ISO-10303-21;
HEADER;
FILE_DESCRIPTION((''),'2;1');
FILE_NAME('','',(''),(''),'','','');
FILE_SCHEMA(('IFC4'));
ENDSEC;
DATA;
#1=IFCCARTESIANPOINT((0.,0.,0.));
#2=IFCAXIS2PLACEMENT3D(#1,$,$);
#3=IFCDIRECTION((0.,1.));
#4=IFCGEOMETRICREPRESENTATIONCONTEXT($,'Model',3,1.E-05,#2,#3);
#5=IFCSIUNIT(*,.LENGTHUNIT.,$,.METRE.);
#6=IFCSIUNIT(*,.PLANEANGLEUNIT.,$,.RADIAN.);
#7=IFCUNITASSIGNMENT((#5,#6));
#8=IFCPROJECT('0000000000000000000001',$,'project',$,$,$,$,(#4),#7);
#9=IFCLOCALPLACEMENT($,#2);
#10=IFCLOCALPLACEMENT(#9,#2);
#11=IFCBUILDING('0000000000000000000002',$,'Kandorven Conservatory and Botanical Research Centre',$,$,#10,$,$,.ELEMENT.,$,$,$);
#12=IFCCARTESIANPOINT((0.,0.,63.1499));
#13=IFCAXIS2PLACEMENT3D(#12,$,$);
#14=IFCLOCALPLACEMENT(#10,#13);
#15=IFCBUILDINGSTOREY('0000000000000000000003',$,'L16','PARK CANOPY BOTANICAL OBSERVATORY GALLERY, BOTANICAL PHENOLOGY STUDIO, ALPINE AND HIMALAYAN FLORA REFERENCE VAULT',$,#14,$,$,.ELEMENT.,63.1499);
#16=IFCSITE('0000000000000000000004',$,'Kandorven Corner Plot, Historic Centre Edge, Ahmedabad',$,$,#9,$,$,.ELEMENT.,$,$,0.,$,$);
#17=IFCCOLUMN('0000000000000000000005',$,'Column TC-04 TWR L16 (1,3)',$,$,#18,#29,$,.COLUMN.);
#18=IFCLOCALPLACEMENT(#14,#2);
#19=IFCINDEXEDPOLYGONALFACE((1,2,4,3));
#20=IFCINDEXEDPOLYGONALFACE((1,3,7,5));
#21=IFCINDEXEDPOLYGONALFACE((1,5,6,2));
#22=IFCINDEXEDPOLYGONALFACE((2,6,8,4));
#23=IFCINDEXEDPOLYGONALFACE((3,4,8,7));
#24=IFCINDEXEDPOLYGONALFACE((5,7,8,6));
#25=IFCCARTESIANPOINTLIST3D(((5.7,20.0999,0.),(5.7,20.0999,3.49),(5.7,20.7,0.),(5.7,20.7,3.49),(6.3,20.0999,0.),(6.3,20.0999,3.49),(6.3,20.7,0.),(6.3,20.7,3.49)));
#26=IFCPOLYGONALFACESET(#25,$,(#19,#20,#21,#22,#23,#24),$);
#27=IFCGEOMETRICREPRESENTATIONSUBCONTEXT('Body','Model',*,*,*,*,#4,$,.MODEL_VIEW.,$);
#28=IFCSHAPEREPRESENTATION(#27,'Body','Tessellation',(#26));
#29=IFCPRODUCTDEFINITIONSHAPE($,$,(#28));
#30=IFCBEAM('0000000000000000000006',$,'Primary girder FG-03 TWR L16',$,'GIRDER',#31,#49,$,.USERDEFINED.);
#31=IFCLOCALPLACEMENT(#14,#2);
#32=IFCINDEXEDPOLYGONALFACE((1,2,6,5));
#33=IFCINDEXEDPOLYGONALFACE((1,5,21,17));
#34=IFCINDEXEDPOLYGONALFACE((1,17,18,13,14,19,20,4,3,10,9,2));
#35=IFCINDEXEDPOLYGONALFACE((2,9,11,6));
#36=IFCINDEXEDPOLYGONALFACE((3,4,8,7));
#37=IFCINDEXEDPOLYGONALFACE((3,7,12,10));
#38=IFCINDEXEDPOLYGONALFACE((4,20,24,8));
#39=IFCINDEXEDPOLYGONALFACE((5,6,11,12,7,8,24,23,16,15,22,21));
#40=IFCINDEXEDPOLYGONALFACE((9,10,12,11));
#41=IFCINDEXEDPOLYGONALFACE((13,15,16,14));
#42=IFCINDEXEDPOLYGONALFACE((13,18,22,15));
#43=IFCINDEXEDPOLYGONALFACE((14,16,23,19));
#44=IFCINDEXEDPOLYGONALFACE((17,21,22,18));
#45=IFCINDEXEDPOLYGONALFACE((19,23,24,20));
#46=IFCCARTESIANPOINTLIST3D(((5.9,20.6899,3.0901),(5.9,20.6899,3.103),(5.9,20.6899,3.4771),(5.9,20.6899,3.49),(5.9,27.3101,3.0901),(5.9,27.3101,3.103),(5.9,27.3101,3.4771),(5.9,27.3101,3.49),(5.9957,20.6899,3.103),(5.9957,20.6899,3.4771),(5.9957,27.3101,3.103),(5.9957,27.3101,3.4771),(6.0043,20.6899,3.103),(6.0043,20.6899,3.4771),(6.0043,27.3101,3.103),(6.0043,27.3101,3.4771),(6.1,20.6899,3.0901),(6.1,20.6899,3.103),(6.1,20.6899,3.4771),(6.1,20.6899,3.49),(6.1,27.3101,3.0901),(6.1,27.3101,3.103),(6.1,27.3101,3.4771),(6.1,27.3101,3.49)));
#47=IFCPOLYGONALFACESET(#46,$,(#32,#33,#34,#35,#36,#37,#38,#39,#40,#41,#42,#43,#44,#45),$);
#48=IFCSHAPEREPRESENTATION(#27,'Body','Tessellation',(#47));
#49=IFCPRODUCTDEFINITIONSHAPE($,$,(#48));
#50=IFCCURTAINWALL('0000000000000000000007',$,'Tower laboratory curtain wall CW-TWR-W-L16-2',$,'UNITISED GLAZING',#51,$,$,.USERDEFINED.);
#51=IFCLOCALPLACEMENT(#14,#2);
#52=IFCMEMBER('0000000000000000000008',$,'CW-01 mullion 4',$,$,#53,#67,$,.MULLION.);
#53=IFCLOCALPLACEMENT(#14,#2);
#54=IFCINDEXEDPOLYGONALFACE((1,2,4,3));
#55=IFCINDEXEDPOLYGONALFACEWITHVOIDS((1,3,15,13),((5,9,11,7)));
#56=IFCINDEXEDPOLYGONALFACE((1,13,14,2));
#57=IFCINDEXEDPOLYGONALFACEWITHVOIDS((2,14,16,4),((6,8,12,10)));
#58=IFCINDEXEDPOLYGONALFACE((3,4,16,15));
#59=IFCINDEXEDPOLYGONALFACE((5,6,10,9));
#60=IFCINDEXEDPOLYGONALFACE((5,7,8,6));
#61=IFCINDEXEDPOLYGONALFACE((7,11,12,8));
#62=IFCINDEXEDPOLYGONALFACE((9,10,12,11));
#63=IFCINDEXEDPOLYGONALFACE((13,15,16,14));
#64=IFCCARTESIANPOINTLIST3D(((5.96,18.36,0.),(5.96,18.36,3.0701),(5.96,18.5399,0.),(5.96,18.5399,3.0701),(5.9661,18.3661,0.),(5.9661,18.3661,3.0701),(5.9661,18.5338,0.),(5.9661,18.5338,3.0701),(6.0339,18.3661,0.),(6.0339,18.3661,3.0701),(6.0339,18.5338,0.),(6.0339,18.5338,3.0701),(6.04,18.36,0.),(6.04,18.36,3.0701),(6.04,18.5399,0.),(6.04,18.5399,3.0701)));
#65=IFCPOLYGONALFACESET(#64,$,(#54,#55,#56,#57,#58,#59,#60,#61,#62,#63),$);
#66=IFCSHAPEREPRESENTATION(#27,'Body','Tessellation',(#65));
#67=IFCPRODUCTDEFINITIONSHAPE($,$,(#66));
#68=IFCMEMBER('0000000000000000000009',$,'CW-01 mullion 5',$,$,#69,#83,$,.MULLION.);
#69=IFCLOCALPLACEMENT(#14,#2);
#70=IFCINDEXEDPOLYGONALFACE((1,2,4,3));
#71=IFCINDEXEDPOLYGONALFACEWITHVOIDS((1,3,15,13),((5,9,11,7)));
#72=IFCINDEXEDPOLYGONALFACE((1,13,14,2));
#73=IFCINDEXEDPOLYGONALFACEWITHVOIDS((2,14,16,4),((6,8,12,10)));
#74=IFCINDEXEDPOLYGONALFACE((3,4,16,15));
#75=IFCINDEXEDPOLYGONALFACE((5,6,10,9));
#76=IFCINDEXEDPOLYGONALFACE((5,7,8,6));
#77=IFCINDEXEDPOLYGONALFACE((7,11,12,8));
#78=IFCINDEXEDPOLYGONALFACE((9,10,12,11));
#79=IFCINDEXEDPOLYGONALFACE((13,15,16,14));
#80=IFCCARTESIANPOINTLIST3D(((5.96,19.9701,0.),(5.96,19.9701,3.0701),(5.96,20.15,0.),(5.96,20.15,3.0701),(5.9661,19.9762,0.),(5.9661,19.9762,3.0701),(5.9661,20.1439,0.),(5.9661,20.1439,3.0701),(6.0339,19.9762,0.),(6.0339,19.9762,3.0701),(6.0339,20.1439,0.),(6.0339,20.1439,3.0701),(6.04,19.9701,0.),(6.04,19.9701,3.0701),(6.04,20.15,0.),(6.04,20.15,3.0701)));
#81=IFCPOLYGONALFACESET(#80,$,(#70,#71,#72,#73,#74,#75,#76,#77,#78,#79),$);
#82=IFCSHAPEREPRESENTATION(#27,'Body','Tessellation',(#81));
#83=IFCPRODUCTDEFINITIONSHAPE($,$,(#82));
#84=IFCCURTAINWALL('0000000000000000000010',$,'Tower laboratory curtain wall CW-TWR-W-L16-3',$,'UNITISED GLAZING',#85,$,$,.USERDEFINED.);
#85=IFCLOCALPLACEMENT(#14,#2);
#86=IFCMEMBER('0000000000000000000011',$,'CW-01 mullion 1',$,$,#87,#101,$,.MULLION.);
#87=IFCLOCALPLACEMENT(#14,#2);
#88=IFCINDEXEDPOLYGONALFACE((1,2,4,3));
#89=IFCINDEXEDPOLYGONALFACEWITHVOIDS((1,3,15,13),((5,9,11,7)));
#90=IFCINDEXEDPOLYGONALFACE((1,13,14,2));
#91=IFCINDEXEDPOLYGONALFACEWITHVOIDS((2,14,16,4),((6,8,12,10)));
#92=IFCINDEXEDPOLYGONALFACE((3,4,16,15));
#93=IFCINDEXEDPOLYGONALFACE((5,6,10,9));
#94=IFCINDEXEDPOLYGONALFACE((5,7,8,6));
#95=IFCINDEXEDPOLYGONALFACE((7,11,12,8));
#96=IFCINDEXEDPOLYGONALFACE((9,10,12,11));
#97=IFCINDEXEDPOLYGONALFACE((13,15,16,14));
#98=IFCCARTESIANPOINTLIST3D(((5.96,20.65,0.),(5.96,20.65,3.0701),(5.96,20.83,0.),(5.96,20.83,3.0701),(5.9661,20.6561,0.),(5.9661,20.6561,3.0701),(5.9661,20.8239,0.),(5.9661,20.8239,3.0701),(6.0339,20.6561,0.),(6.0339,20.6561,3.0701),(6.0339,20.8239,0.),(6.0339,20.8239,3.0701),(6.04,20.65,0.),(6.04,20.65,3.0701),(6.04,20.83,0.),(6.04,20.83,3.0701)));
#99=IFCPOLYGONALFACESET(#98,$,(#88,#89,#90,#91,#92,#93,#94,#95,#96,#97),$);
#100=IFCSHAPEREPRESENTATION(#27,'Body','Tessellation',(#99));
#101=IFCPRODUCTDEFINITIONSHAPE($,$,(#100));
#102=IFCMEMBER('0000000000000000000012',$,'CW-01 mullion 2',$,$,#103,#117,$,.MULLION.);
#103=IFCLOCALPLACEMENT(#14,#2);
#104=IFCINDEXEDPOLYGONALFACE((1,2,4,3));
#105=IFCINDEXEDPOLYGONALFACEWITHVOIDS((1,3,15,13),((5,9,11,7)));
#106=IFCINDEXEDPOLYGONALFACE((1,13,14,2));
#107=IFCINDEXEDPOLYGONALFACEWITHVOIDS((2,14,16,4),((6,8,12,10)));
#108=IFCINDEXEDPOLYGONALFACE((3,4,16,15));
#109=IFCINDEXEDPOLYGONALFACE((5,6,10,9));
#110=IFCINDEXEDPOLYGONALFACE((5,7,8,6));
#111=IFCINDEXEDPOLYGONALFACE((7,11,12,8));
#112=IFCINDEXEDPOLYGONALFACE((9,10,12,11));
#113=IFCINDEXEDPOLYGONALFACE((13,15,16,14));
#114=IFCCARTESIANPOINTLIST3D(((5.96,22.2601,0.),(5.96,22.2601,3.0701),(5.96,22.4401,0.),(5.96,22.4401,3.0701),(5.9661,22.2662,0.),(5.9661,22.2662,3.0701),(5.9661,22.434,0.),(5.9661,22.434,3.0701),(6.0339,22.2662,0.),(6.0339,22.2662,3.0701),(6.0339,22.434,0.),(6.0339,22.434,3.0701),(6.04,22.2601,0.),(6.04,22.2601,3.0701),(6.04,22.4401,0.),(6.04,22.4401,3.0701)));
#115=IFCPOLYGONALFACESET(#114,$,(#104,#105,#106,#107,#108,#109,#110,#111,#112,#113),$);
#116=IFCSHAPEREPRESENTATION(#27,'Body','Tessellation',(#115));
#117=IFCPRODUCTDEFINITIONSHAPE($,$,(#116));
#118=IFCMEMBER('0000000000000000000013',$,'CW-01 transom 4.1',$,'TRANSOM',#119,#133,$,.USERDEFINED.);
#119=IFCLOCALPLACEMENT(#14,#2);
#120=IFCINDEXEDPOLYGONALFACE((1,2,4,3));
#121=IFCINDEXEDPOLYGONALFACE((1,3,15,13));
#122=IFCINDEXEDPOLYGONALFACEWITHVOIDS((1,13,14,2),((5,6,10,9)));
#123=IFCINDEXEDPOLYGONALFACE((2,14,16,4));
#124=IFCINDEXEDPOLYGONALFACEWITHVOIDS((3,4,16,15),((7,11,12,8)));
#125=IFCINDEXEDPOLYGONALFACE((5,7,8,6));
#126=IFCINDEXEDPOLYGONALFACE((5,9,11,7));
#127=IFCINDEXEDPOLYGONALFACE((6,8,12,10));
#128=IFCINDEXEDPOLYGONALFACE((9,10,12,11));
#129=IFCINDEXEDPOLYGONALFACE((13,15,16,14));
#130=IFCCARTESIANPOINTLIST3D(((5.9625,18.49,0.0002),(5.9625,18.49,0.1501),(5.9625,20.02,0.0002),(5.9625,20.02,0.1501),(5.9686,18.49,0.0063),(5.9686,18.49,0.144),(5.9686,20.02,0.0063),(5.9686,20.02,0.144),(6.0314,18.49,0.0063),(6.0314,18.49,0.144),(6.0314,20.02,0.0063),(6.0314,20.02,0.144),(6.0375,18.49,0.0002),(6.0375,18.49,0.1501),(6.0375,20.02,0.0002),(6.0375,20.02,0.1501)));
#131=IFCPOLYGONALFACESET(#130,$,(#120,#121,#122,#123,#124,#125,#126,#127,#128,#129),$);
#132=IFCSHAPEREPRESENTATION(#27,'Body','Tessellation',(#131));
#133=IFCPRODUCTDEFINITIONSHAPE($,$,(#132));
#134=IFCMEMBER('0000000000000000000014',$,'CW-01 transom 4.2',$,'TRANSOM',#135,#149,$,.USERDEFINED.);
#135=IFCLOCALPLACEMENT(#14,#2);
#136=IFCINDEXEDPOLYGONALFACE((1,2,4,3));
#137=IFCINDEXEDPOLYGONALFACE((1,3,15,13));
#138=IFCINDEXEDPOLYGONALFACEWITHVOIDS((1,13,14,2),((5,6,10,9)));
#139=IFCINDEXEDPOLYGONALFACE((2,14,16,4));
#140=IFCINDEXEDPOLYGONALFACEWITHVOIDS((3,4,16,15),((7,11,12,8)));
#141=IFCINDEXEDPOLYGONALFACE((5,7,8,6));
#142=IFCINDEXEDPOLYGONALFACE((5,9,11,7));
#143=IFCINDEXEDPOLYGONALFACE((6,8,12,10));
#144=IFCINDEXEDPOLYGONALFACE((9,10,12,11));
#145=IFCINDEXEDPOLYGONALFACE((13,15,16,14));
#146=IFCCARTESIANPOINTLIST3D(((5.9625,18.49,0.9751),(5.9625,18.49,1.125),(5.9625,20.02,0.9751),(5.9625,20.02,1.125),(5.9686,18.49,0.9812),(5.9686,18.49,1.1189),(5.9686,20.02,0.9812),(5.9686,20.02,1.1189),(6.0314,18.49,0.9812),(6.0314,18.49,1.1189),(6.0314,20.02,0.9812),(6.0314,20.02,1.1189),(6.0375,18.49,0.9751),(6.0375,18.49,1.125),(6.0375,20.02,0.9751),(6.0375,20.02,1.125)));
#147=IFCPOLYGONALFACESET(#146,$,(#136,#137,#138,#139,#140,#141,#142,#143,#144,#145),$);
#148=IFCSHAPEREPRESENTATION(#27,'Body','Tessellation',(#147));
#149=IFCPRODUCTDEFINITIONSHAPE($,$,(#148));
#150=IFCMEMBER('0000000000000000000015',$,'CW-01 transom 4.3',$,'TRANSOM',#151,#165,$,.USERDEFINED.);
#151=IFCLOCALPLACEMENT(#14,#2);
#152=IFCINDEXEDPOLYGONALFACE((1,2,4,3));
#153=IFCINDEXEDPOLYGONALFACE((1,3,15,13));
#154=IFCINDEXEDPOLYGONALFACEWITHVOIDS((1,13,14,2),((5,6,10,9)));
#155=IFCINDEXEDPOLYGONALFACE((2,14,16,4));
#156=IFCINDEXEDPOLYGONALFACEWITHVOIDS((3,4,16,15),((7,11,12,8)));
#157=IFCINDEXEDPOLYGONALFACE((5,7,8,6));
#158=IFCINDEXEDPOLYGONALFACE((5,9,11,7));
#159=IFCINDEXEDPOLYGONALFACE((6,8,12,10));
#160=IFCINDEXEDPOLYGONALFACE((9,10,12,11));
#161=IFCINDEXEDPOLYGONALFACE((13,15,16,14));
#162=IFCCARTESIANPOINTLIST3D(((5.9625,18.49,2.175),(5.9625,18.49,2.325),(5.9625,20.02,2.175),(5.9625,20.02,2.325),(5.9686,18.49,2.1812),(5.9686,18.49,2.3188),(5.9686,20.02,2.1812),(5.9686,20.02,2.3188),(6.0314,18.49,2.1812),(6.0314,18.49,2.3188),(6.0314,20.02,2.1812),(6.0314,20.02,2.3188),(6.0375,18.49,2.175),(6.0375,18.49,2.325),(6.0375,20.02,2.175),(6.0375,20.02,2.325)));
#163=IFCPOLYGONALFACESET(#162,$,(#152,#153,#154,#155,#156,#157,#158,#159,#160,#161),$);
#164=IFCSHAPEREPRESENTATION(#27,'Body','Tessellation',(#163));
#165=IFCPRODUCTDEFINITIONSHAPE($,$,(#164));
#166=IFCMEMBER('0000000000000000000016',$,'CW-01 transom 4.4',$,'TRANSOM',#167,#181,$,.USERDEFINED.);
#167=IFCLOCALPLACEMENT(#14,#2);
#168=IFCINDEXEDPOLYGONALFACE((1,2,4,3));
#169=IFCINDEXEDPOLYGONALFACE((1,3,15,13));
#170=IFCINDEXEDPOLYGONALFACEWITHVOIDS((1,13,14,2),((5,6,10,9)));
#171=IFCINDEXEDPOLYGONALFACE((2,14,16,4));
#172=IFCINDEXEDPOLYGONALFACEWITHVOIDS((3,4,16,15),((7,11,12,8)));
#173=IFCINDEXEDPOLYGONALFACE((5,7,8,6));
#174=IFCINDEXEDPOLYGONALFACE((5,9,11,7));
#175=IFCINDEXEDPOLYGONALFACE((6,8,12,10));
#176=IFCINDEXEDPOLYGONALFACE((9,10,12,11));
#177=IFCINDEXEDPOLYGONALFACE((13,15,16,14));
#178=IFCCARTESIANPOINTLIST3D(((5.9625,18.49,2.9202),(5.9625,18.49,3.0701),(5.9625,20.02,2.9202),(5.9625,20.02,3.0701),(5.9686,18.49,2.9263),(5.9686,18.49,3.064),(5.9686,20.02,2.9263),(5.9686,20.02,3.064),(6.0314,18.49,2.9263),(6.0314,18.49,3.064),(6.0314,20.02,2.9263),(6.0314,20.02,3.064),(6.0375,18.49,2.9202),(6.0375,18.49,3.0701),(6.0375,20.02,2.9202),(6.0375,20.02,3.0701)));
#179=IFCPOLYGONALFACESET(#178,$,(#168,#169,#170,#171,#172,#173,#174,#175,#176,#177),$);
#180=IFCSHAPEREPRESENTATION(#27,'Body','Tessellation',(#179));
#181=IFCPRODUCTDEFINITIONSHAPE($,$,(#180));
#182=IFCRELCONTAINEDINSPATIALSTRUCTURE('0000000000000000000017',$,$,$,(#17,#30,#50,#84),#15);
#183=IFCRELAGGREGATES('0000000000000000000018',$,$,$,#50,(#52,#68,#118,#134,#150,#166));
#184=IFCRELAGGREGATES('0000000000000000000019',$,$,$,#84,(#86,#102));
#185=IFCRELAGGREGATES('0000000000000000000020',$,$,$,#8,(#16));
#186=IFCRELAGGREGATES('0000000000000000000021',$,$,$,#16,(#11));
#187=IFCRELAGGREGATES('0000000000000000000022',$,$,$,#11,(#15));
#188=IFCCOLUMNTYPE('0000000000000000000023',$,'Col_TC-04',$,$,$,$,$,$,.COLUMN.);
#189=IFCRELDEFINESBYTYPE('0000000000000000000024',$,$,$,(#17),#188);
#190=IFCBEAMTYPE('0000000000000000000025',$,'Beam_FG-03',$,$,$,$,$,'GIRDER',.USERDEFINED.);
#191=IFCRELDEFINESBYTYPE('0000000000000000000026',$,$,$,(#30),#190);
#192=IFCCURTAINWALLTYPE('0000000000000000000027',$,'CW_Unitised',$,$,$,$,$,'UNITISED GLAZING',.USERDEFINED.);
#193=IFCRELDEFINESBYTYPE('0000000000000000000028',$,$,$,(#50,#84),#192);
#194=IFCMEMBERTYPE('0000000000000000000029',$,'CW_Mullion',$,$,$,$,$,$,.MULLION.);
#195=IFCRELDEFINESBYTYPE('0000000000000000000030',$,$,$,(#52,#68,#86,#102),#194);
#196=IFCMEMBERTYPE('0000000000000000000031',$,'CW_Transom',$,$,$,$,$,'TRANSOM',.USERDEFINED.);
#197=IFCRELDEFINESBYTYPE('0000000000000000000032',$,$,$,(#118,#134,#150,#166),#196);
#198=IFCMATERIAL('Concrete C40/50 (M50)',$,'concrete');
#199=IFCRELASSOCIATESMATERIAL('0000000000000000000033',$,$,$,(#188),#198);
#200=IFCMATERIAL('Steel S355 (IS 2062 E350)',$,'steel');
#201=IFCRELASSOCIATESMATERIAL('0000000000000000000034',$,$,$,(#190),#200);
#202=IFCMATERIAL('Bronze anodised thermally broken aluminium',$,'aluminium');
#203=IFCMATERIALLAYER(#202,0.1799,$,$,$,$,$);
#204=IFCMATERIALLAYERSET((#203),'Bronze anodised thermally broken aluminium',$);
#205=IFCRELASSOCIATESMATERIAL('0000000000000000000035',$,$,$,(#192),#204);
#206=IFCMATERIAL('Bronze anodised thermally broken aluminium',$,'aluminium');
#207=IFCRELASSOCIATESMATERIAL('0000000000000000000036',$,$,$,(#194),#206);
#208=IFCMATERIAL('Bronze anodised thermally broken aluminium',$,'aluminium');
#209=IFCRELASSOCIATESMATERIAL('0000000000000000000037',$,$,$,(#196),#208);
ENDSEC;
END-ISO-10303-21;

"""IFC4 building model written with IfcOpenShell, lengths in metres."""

from ifc_helpers import new_model, si_unit, direction, frame, origin, origin_2d, place, context, subcontext, project, spatial, rectangle, hollow_rectangle, i_section, extrude, material, layer, layer_set, material_profile, profile_set, type_object, element, aggregate, save


model = new_model("IFC4")

# Units and contexts
model_context = context("Model", 3, precision=1e-05, world=origin(), true_north=direction((0.0, 1.0)))
body_context = subcontext(model_context, "Body", "Model", "MODEL_VIEW")
ifc_project = project(units=[si_unit("LENGTHUNIT", "METRE"), si_unit("PLANEANGLEUNIT", "RADIAN")], contexts=[model_context])

# Site, building, storey
site_placement = place(None, origin())
site = spatial("IfcSite", under=ifc_project, at=site_placement, Name="Kandorven Corner Plot, Historic Centre Edge, Ahmedabad", CompositionType="ELEMENT", RefElevation=0.0)
building_placement = place(site_placement, origin())
building = spatial("IfcBuilding", under=site, at=building_placement, Name="Kandorven Conservatory and Botanical Research Centre", CompositionType="ELEMENT")
storey_placement = place(building_placement, frame((0.0, 0.0, 63.1499)))
storey = spatial("IfcBuildingStorey", under=building, at=storey_placement, Name="L16", Description="PARK CANOPY BOTANICAL OBSERVATORY GALLERY, BOTANICAL PHENOLOGY STUDIO, ALPINE AND HIMALAYAN FLORA REFERENCE VAULT", CompositionType="ELEMENT", Elevation=63.1499)

# Column
ifc_material_1 = material(Name="Concrete C40/50 (M50)", Category="concrete")
ifc_material_profile_1 = material_profile(ifc_material_1, rectangle(XDim=0.6001, YDim=0.6001, at=origin_2d()))
ifc_profile_set_1 = profile_set([ifc_material_profile_1], Name="Concrete C40/50 (M50)")
column_type = type_object("IfcColumnType", Name="Col_TC-04", PredefinedType="COLUMN", material=ifc_profile_set_1)
column_placement = place(storey_placement, frame((6.0, 20.3999, 0.0), z_axis=(0.0, 0.0, 1.0), x_axis=(1.0, 0.0, 0.0)))
element("IfcColumn", 1, at=column_placement, inside=storey, type_object=column_type, Name="Column TC-04 TWR L16 (1,3)", PredefinedType="COLUMN", context=body_context, shape_type="SweptSolid", body=[
    extrude(rectangle(XDim=0.6001, YDim=0.6001, at=origin_2d()), origin(), (0.0, 0.0, 1.0), 3.49),
])

# Beam
ifc_material_2 = material(Name="Steel S355 (IS 2062 E350)", Category="steel")
ifc_material_profile_2 = material_profile(ifc_material_2, i_section(OverallWidth=0.2, OverallDepth=0.3999, WebThickness=0.0085, FlangeThickness=0.0129, at=origin_2d()))
ifc_profile_set_2 = profile_set([ifc_material_profile_2], Name="Steel S355 (IS 2062 E350)")
beam_type = type_object("IfcBeamType", Name="Beam_FG-03", ElementType="GIRDER", PredefinedType="USERDEFINED", material=ifc_profile_set_2)
beam_placement = place(storey_placement, frame((6.0, 20.6899, 3.29), z_axis=(0.0, 1.0, 0.0), x_axis=(-1.0, 0.0, 0.0)))
element("IfcBeam", 2, at=beam_placement, inside=storey, type_object=beam_type, Name="Primary girder FG-03 TWR L16", ObjectType="GIRDER", PredefinedType="USERDEFINED", context=body_context, shape_type="SweptSolid", body=[
    extrude(i_section(OverallWidth=0.2, OverallDepth=0.3999, WebThickness=0.0085, FlangeThickness=0.0129, at=origin_2d()), origin(), (0.0, 0.0, 1.0), 6.6201),
])

# Curtain walls, members
ifc_material_3 = material(Name="Bronze anodised thermally broken aluminium", Category="aluminium")
ifc_layer_1 = layer(ifc_material_3, 0.1799)
ifc_layer_set_1 = layer_set([ifc_layer_1], Name="Bronze anodised thermally broken aluminium")
curtain_wall_type = type_object("IfcCurtainWallType", Name="CW_Unitised", ElementType="UNITISED GLAZING", PredefinedType="USERDEFINED", material=ifc_layer_set_1)
curtain_wall_1_placement = place(storey_placement, origin())
curtain_wall_1 = element("IfcCurtainWall", 3, at=curtain_wall_1_placement, inside=storey, type_object=curtain_wall_type, Name="Tower laboratory curtain wall CW-TWR-W-L16-2", ObjectType="UNITISED GLAZING", PredefinedType="USERDEFINED")
ifc_material_4 = material(Name="Bronze anodised thermally broken aluminium", Category="aluminium")
ifc_material_profile_3 = material_profile(ifc_material_4, hollow_rectangle(XDim=0.0801, YDim=0.1799, WallThickness=0.0061, at=origin_2d()))
ifc_profile_set_3 = profile_set([ifc_material_profile_3], Name="Bronze anodised thermally broken aluminium")
member_type_1 = type_object("IfcMemberType", Name="CW_Mullion", PredefinedType="MULLION", material=ifc_profile_set_3)
member_1_placement = place(storey_placement, frame((6.0, 18.45, 0.0), z_axis=(0.0, 0.0, 1.0), x_axis=(-1.0, 0.0, 0.0)))
member_1 = element("IfcMember", 4, at=member_1_placement, type_object=member_type_1, Name="CW-01 mullion 4", PredefinedType="MULLION", context=body_context, shape_type="SweptSolid", body=[
    extrude(hollow_rectangle(XDim=0.0801, YDim=0.1799, WallThickness=0.0061, at=origin_2d()), origin(), (0.0, 0.0, 1.0), 3.0701),
])
member_2_placement = place(storey_placement, frame((6.0, 20.0601, 0.0), z_axis=(0.0, 0.0, 1.0), x_axis=(-1.0, 0.0, 0.0)))
member_2 = element("IfcMember", 5, at=member_2_placement, type_object=member_type_1, Name="CW-01 mullion 5", PredefinedType="MULLION", context=body_context, shape_type="SweptSolid", body=[
    extrude(hollow_rectangle(XDim=0.0801, YDim=0.1799, WallThickness=0.0061, at=origin_2d()), origin(), (0.0, 0.0, 1.0), 3.0701),
])
curtain_wall_2_placement = place(storey_placement, origin())
curtain_wall_2 = element("IfcCurtainWall", 6, at=curtain_wall_2_placement, inside=storey, type_object=curtain_wall_type, Name="Tower laboratory curtain wall CW-TWR-W-L16-3", ObjectType="UNITISED GLAZING", PredefinedType="USERDEFINED")
member_3_placement = place(storey_placement, frame((6.0, 20.74, 0.0), z_axis=(0.0, 0.0, 1.0), x_axis=(-1.0, 0.0, 0.0)))
member_3 = element("IfcMember", 7, at=member_3_placement, type_object=member_type_1, Name="CW-01 mullion 1", PredefinedType="MULLION", context=body_context, shape_type="SweptSolid", body=[
    extrude(hollow_rectangle(XDim=0.0801, YDim=0.1799, WallThickness=0.0061, at=origin_2d()), origin(), (0.0, 0.0, 1.0), 3.0701),
])
member_4_placement = place(storey_placement, frame((6.0, 22.3501, 0.0), z_axis=(0.0, 0.0, 1.0), x_axis=(-1.0, 0.0, 0.0)))
member_4 = element("IfcMember", 8, at=member_4_placement, type_object=member_type_1, Name="CW-01 mullion 2", PredefinedType="MULLION", context=body_context, shape_type="SweptSolid", body=[
    extrude(hollow_rectangle(XDim=0.0801, YDim=0.1799, WallThickness=0.0061, at=origin_2d()), origin(), (0.0, 0.0, 1.0), 3.0701),
])

# Members
ifc_material_5 = material(Name="Bronze anodised thermally broken aluminium", Category="aluminium")
ifc_material_profile_4 = material_profile(ifc_material_5, hollow_rectangle(XDim=0.075, YDim=0.1499, WallThickness=0.0061, at=origin_2d()))
ifc_profile_set_4 = profile_set([ifc_material_profile_4], Name="Bronze anodised thermally broken aluminium")
member_type_2 = type_object("IfcMemberType", Name="CW_Transom", ElementType="TRANSOM", PredefinedType="USERDEFINED", material=ifc_profile_set_4)
member_5_placement = place(storey_placement, frame((6.0, 18.49, 0.0752), z_axis=(0.0, 1.0, 0.0), x_axis=(-1.0, 0.0, 0.0)))
member_5 = element("IfcMember", 9, at=member_5_placement, type_object=member_type_2, Name="CW-01 transom 4.1", ObjectType="TRANSOM", PredefinedType="USERDEFINED", context=body_context, shape_type="SweptSolid", body=[
    extrude(hollow_rectangle(XDim=0.075, YDim=0.1499, WallThickness=0.0061, at=origin_2d()), origin(), (0.0, 0.0, 1.0), 1.53),
])
member_6_placement = place(storey_placement, frame((6.0, 18.49, 1.05), z_axis=(0.0, 1.0, 0.0), x_axis=(-1.0, 0.0, 0.0)))
member_6 = element("IfcMember", 10, at=member_6_placement, type_object=member_type_2, Name="CW-01 transom 4.2", ObjectType="TRANSOM", PredefinedType="USERDEFINED", context=body_context, shape_type="SweptSolid", body=[
    extrude(hollow_rectangle(XDim=0.075, YDim=0.1499, WallThickness=0.0061, at=origin_2d()), origin(), (0.0, 0.0, 1.0), 1.53),
])
member_7_placement = place(storey_placement, frame((6.0, 18.49, 2.25), z_axis=(0.0, 1.0, 0.0), x_axis=(-1.0, 0.0, 0.0)))
member_7 = element("IfcMember", 11, at=member_7_placement, type_object=member_type_2, Name="CW-01 transom 4.3", ObjectType="TRANSOM", PredefinedType="USERDEFINED", context=body_context, shape_type="SweptSolid", body=[
    extrude(hollow_rectangle(XDim=0.075, YDim=0.1499, WallThickness=0.0061, at=origin_2d()), origin(), (0.0, 0.0, 1.0), 1.53),
])
member_8_placement = place(storey_placement, frame((6.0, 18.49, 2.9951), z_axis=(0.0, 1.0, 0.0), x_axis=(-1.0, 0.0, 0.0)))
member_8 = element("IfcMember", 12, at=member_8_placement, type_object=member_type_2, Name="CW-01 transom 4.4", ObjectType="TRANSOM", PredefinedType="USERDEFINED", context=body_context, shape_type="SweptSolid", body=[
    extrude(hollow_rectangle(XDim=0.075, YDim=0.1499, WallThickness=0.0061, at=origin_2d()), origin(), (0.0, 0.0, 1.0), 1.53),
])

aggregate(curtain_wall_1, [member_1, member_2, member_5, member_6, member_7, member_8])
aggregate(curtain_wall_2, [member_3, member_4])

save(model, "model.ifc")
